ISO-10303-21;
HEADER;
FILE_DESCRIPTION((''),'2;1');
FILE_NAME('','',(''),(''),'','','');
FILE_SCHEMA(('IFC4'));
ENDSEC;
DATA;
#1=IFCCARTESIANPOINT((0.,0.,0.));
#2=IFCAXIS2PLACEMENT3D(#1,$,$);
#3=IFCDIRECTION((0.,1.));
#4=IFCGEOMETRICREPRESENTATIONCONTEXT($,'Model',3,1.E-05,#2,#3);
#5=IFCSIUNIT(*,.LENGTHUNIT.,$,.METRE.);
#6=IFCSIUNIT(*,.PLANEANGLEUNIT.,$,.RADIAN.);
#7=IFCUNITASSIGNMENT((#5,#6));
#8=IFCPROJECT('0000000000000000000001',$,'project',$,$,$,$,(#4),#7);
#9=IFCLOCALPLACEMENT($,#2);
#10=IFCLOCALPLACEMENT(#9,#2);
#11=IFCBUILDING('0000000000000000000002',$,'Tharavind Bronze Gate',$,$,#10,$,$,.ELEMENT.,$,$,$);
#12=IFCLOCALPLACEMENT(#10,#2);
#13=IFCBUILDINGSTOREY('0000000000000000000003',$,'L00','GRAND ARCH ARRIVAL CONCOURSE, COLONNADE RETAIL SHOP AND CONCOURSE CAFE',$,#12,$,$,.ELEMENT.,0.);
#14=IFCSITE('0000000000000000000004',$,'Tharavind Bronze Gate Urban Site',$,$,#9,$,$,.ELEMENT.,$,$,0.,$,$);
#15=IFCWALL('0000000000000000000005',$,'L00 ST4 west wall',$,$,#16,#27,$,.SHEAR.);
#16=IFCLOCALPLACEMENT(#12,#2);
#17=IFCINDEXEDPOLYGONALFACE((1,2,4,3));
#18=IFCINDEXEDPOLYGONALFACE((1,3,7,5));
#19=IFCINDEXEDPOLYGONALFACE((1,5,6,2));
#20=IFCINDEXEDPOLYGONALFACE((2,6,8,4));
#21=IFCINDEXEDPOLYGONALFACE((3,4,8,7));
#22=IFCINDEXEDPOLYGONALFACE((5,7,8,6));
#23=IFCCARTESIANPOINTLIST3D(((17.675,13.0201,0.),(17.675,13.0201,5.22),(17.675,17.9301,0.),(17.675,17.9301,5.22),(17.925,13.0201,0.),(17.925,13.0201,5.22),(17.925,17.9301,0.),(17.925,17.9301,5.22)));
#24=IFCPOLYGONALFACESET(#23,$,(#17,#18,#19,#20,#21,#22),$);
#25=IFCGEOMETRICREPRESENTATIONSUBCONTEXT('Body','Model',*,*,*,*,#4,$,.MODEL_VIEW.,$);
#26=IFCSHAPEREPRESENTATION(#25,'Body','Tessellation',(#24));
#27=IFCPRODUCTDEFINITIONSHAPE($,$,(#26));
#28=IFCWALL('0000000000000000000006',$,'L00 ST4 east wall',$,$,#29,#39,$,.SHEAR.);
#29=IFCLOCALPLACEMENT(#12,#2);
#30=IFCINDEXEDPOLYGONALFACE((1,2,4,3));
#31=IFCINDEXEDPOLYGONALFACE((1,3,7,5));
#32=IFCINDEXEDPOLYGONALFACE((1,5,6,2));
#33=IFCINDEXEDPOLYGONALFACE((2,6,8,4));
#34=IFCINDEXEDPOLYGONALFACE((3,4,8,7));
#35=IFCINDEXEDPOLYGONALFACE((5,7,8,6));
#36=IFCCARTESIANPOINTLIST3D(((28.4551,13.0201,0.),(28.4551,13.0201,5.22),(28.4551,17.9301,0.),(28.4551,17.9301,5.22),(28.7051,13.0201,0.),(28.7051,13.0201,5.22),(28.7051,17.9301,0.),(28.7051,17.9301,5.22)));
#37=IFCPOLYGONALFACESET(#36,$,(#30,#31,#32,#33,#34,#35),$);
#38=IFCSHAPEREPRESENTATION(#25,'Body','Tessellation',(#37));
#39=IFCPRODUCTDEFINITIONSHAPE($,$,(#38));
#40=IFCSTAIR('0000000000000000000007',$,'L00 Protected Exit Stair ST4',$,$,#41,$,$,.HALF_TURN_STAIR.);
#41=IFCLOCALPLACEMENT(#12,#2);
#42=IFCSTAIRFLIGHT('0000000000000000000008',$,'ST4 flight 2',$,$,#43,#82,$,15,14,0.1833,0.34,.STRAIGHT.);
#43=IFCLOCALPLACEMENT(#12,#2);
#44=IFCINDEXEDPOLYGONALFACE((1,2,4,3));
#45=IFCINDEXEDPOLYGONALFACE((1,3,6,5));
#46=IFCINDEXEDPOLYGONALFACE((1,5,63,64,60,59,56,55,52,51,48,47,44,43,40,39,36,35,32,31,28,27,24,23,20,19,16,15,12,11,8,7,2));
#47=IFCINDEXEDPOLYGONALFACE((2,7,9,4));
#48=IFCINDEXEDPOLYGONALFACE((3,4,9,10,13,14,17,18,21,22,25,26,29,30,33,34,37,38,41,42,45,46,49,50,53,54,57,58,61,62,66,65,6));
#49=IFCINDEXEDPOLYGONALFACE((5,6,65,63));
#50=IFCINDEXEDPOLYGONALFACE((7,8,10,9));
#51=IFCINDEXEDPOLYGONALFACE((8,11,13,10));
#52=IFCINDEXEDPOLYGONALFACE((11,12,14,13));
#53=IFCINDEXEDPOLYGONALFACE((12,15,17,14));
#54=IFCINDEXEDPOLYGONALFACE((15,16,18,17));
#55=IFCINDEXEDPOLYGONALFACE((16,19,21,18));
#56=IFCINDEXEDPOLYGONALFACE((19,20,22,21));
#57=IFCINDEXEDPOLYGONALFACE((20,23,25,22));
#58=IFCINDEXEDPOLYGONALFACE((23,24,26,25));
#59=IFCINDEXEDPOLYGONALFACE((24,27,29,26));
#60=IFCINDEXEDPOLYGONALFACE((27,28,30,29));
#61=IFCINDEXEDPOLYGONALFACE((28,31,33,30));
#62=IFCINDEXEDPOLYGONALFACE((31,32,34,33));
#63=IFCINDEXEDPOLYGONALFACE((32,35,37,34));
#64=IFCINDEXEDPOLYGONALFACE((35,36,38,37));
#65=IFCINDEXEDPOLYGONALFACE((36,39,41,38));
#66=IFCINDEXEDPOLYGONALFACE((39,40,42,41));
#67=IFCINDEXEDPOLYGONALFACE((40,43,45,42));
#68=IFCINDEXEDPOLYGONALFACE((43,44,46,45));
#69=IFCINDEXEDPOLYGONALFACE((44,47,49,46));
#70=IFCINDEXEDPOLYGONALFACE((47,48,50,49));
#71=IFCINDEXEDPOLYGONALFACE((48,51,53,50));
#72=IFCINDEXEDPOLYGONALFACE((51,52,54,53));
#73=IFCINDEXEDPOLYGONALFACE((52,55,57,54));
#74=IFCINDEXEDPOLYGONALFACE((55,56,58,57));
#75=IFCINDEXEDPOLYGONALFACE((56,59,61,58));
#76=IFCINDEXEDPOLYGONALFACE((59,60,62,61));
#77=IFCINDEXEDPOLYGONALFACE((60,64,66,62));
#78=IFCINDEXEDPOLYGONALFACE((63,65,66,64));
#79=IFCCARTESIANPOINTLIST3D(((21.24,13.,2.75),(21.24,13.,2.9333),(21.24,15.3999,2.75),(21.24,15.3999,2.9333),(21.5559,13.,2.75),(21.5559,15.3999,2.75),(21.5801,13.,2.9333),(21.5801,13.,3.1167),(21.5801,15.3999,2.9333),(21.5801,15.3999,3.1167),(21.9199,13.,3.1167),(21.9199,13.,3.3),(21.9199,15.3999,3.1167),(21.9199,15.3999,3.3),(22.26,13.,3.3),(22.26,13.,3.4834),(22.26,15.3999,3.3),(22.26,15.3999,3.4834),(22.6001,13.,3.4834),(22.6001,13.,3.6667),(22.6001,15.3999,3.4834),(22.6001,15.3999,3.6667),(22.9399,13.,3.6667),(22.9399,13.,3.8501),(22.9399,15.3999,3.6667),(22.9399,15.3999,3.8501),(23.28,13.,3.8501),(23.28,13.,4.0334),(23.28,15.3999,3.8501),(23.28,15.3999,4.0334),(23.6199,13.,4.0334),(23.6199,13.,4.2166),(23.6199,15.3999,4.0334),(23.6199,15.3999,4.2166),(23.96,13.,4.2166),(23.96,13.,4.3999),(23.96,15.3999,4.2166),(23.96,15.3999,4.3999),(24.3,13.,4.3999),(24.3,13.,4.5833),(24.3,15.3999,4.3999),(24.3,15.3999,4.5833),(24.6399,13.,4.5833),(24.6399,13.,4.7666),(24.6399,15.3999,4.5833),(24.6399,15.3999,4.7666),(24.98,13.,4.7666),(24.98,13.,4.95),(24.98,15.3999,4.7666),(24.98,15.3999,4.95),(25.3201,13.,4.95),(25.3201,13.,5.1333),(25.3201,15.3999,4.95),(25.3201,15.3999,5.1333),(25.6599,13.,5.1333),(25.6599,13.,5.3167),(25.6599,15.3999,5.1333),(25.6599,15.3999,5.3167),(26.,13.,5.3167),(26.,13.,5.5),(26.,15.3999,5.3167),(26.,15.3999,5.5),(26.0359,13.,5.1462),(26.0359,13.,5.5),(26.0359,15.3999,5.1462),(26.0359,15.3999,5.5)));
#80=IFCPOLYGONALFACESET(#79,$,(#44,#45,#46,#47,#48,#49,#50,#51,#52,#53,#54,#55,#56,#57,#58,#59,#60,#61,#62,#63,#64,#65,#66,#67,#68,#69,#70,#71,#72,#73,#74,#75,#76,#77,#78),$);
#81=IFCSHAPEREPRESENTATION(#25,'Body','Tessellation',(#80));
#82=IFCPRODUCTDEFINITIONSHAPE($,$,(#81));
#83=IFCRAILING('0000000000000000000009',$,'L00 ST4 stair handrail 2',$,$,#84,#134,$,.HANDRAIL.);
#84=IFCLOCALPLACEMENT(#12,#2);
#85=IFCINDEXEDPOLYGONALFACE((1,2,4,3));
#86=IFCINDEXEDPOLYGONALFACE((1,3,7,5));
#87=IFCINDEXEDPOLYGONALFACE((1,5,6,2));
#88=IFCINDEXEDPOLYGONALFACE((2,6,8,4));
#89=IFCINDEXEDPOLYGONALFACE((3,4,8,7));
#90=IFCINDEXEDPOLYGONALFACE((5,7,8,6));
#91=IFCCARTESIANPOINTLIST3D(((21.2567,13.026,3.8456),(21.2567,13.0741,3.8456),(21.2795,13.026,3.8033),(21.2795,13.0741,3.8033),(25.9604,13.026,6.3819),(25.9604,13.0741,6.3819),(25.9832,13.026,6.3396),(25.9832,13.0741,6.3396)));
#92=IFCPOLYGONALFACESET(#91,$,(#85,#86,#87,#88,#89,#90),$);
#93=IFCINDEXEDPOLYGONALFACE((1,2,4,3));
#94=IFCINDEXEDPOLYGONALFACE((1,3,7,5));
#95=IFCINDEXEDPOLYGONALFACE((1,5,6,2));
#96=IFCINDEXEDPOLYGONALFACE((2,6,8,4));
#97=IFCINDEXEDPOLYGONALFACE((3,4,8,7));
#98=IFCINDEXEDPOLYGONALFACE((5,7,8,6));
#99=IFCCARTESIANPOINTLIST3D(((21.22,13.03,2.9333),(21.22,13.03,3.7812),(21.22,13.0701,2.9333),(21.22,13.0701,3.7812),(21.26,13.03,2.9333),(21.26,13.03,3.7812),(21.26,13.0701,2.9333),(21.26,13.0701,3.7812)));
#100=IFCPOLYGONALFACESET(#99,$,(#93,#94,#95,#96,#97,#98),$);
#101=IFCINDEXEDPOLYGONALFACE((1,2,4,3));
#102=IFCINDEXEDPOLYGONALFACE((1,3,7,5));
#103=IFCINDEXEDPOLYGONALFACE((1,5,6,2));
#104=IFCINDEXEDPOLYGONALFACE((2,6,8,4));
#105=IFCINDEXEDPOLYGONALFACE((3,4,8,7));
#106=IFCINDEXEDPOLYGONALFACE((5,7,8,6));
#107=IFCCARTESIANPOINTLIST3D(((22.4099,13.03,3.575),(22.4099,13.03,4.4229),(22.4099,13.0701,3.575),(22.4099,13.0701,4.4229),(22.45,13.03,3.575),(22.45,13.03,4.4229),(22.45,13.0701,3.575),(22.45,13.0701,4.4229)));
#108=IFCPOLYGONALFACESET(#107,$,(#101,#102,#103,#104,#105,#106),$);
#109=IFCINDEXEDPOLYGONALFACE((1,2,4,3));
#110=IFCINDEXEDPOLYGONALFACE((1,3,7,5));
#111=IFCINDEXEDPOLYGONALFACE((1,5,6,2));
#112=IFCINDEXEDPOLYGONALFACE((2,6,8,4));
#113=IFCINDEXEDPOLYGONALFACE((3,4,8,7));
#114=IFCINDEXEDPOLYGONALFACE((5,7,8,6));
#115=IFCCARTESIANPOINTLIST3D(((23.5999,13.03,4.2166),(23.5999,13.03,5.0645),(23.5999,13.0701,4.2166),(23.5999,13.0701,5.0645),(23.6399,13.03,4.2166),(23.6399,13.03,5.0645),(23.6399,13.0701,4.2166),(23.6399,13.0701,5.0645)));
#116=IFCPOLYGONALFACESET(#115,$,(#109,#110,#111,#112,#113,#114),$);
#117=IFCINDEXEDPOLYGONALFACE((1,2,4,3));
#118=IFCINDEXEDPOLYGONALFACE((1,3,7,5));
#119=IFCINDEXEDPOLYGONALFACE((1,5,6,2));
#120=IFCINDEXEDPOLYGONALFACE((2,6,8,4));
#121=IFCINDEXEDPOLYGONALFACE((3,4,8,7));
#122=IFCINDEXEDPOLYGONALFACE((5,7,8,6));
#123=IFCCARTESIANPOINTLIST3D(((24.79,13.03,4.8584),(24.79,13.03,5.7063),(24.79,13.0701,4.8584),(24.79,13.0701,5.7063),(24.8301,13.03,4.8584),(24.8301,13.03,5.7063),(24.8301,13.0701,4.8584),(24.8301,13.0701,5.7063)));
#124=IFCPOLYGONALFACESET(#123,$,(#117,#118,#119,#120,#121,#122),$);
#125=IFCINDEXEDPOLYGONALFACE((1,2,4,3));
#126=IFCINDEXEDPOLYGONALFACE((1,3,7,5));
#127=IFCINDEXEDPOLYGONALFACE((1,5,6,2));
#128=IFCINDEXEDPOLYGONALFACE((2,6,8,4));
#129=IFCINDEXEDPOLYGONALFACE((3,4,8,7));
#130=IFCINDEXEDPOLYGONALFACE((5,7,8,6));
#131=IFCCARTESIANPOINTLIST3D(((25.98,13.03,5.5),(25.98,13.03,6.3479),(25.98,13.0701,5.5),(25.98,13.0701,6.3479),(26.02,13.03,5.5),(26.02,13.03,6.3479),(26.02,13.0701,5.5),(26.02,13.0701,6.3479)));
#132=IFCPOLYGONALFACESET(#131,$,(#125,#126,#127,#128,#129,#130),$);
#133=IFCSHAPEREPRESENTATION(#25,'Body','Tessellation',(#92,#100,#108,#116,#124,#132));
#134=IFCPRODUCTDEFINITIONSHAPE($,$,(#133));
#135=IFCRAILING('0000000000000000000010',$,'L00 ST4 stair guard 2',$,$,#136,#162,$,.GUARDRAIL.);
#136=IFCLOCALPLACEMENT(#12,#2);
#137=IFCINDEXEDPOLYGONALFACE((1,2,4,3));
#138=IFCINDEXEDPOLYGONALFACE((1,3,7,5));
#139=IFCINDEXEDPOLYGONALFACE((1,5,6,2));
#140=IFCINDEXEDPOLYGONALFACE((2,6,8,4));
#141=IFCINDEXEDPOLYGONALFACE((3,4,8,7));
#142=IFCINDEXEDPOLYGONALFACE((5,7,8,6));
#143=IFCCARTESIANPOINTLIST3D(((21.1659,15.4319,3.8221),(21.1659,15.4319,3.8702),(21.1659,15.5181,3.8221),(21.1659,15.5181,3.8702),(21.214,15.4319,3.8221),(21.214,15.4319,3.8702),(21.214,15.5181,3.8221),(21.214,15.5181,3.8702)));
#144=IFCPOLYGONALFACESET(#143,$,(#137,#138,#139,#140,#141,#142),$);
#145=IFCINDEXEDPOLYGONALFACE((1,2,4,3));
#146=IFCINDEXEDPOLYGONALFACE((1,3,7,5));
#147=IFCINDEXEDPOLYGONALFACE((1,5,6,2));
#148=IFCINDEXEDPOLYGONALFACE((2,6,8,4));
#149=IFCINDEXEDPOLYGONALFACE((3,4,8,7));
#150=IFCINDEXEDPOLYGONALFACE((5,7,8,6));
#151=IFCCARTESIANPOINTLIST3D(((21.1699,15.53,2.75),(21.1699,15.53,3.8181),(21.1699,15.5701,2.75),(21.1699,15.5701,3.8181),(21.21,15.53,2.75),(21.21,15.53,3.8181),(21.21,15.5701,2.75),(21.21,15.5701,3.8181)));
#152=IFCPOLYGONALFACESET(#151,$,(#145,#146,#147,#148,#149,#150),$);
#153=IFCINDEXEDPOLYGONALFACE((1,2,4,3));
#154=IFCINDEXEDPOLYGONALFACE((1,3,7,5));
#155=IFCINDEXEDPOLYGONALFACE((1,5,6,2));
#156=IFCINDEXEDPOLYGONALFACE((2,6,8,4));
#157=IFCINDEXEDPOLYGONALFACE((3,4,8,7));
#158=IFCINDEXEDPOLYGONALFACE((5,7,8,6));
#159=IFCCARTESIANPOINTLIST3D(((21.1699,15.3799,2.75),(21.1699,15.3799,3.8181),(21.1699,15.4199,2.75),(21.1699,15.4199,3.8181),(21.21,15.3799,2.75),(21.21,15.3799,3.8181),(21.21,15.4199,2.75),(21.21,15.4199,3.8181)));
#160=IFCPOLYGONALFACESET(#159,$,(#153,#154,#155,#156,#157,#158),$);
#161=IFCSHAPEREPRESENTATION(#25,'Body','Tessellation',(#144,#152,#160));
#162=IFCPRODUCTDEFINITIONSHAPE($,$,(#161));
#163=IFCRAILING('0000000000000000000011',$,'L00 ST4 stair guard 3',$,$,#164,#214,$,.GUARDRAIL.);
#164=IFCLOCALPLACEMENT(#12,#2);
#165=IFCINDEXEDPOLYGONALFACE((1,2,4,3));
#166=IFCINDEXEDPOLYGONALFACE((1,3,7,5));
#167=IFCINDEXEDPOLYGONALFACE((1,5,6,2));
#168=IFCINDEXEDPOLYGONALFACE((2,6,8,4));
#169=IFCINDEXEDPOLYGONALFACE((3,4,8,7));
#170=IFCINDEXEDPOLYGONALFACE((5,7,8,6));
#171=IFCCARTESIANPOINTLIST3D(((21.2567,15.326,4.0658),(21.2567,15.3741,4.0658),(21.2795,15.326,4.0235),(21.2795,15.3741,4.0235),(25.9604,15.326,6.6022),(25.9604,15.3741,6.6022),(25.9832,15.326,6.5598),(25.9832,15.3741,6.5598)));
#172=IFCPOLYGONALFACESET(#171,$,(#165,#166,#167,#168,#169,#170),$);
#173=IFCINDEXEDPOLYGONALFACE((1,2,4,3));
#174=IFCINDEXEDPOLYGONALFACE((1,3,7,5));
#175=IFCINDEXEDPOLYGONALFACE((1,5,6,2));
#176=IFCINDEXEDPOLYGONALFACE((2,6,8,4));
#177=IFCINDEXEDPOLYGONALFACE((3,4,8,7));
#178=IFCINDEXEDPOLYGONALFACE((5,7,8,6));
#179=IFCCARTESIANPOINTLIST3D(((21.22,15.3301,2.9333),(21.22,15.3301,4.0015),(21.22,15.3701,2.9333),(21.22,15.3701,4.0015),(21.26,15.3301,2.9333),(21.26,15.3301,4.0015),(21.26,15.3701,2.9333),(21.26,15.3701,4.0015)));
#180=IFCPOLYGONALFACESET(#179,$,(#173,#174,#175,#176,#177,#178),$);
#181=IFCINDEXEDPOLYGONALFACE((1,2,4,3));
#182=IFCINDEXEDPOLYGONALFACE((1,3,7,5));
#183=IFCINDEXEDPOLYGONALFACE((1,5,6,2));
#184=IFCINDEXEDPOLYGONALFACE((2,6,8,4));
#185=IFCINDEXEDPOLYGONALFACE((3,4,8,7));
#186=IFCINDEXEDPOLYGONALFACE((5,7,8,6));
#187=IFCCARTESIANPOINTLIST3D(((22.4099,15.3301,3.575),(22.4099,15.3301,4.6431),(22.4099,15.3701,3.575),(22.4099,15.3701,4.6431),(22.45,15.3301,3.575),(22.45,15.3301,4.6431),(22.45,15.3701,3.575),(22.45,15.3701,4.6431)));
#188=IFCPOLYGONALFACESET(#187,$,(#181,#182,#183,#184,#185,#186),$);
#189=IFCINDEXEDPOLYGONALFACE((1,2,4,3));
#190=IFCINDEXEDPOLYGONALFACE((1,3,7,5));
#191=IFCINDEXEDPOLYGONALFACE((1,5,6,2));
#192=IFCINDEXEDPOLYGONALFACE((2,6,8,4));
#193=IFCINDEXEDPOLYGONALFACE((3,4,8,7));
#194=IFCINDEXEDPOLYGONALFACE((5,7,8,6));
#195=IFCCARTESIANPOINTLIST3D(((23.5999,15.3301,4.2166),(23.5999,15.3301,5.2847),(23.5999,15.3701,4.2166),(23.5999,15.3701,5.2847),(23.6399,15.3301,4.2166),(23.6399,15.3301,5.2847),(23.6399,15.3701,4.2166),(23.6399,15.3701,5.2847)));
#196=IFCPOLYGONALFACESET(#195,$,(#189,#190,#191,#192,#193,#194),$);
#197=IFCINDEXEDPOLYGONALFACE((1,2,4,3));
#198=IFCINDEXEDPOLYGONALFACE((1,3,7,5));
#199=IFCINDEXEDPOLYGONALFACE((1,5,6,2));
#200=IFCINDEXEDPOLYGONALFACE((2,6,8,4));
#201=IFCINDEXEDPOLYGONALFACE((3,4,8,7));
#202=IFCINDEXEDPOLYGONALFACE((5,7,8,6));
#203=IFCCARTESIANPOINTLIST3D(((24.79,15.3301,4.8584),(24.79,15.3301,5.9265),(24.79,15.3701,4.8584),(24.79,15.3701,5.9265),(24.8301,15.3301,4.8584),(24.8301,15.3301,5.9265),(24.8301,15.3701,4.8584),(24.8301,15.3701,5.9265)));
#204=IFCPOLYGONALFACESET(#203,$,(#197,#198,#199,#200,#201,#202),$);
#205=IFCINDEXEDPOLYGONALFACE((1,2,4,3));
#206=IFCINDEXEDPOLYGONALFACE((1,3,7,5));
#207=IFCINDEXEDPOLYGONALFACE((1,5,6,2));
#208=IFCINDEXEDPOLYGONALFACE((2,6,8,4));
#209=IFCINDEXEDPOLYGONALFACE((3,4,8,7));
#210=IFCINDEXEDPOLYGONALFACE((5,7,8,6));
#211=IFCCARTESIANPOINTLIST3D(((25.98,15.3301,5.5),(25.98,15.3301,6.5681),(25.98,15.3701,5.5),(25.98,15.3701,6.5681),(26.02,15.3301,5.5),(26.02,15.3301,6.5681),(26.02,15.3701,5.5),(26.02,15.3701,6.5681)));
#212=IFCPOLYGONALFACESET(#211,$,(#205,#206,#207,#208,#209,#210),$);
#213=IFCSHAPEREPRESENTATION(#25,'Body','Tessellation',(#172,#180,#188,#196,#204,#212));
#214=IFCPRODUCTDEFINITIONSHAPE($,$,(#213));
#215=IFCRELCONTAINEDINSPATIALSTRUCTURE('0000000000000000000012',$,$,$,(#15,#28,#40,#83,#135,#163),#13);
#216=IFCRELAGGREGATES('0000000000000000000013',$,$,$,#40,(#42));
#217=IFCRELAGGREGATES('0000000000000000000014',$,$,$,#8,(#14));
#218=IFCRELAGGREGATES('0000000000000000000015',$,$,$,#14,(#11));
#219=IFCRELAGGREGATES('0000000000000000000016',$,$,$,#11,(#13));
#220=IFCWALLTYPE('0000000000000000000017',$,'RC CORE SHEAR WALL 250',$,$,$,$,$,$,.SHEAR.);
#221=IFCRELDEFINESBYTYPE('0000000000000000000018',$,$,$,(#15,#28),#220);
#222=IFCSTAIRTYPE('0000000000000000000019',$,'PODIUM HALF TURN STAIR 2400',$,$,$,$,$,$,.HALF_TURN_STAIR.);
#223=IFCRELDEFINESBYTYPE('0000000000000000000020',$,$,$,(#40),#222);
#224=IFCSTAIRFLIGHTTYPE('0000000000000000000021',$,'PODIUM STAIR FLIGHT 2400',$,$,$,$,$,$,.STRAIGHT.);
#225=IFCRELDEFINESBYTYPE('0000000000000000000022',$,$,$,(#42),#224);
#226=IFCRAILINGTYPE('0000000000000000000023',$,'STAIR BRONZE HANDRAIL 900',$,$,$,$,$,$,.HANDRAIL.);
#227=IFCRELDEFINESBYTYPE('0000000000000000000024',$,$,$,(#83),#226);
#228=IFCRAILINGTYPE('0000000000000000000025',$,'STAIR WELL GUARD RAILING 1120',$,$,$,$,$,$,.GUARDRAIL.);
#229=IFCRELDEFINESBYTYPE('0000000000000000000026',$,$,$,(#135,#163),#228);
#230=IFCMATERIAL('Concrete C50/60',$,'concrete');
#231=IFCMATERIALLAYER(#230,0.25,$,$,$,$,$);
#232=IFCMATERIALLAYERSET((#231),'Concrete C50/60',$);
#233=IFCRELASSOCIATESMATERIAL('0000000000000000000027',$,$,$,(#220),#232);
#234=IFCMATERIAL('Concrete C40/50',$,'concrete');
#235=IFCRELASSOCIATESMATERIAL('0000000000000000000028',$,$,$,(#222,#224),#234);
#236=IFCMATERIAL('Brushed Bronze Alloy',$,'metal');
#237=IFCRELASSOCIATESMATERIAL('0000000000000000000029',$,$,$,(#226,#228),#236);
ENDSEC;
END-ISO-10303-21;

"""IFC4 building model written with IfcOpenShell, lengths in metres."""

from ifc_helpers import new_model, si_unit, direction, frame, frame_2d, origin, origin_2d, place, context, subcontext, project, spatial, polyline, rectangle, outline, extrude, material, layer, layer_set, type_object, element, aggregate, save


model = new_model("IFC4")

# Units and contexts
model_context = context("Model", 3, precision=1e-05, world=origin(), true_north=direction((0.0, 1.0)))
body_context = subcontext(model_context, "Body", "Model", "MODEL_VIEW")
ifc_project = project(units=[si_unit("LENGTHUNIT", "METRE"), si_unit("PLANEANGLEUNIT", "RADIAN")], contexts=[model_context])

# Site, building, storey
site_placement = place(None, origin())
site = spatial("IfcSite", under=ifc_project, at=site_placement, Name="Tharavind Bronze Gate Urban Site", CompositionType="ELEMENT", RefElevation=0.0)
building_placement = place(site_placement, origin())
building = spatial("IfcBuilding", under=site, at=building_placement, Name="Tharavind Bronze Gate", CompositionType="ELEMENT")
storey_placement = place(building_placement, origin())
storey = spatial("IfcBuildingStorey", under=building, at=storey_placement, Name="L00", Description="GRAND ARCH ARRIVAL CONCOURSE, COLONNADE RETAIL SHOP AND CONCOURSE CAFE", CompositionType="ELEMENT", Elevation=0.0)

# Shared definitions
ifc_material_1 = material(Name="Concrete C50/60", Category="concrete")

# Shared definitions
ifc_layer_1 = layer(ifc_material_1, 0.25)
ifc_layer_set_1 = layer_set([ifc_layer_1], Name="Concrete C50/60")
wall_type_1 = type_object("IfcWallType", Name="RC CORE SHEAR WALL 250", PredefinedType="SHEAR", material=ifc_layer_set_1)

# Walls
for number, where, z_axis, x_axis, name in (
    (1, (17.8, 13.02, 0.0), (0.0, 0.0, 1.0), (0.0, 1.0, 0.0), "L00 ST4 west wall"),
    (2, (28.5801, 13.02, 0.0), (0.0, 0.0, 1.0), (0.0, 1.0, 0.0), "L00 ST4 east wall"),
):
    element("IfcWall", number, at=place(storey_placement, frame(where, z_axis=z_axis, x_axis=x_axis)), inside=storey, type_object=wall_type_1, Name=name, PredefinedType="SHEAR", context=body_context, shape_type="SweptSolid", body=[
        extrude(rectangle(XDim=4.9099, YDim=0.25, at=frame_2d((2.4551, 0.0))), origin(), (0.0, 0.0, 1.0), 5.22),
    ])

# Stair, stair flight
ifc_material_2 = material(Name="Concrete C40/50", Category="concrete")
stair_type = type_object("IfcStairType", Name="PODIUM HALF TURN STAIR 2400", PredefinedType="HALF_TURN_STAIR", material=ifc_material_2)
stair_placement = place(storey_placement, origin())
stair = element("IfcStair", 3, at=stair_placement, inside=storey, type_object=stair_type, Name="L00 Protected Exit Stair ST4", PredefinedType="HALF_TURN_STAIR")
stair_flight_type = type_object("IfcStairFlightType", Name="PODIUM STAIR FLIGHT 2400", PredefinedType="STRAIGHT", material=ifc_material_2)
stair_flight_placement = place(storey_placement, frame((21.24, 14.2, 2.75), z_axis=(0.0, 0.0, 1.0), x_axis=(1.0, 0.0, 0.0)))
stair_flight = element("IfcStairFlight", 4, at=stair_flight_placement, type_object=stair_flight_type, Name="ST4 flight 2", NumberOfRisers=15, NumberOfTreads=14, PredefinedType="STRAIGHT", RiserHeight=0.1833, TreadLength=0.34, context=body_context, shape_type="SweptSolid", body=[
    extrude(outline(polyline([(0.0, 0.0), (0.0, 0.1833), (0.3401, 0.1833), (0.3401, 0.3667), (0.6799, 0.3667), (0.6799, 0.55), (1.02, 0.55), (1.02, 0.7334), (1.3601, 0.7334), (1.3601, 0.9167), (1.7, 0.9167), (1.7, 1.1001), (2.04, 1.1001), (2.04, 1.2834), (2.3799, 1.2834), (2.3799, 1.4666), (2.72, 1.4666), (2.72, 1.6499), (3.0601, 1.6499), (3.0601, 1.8333), (3.3999, 1.8333), (3.3999, 2.0166), (3.74, 2.0166), (3.74, 2.2), (4.0801, 2.2), (4.0801, 2.3833), (4.4199, 2.3833), (4.4199, 2.5667), (4.76, 2.5667), (4.76, 2.75), (4.7959, 2.75), (4.7959, 2.3962), (0.3159, 0.0), (0.0, 0.0)])), frame((0.0, 1.2, 0.0), z_axis=(0.0, -1.0, 0.0), x_axis=(1.0, 0.0, 0.0)), (0.0, 0.0, 1.0), 2.3999),
])
aggregate(stair, [stair_flight])

# Railings
ifc_material_3 = material(Name="Brushed Bronze Alloy", Category="metal")
railing_type_1 = type_object("IfcRailingType", Name="STAIR BRONZE HANDRAIL 900", PredefinedType="HANDRAIL", material=ifc_material_3)
railing_1_placement = place(storey_placement, frame((21.24, 13.05, 2.9333)))
element("IfcRailing", 5, at=railing_1_placement, inside=storey, type_object=railing_type_1, Name="L00 ST4 stair handrail 2", PredefinedType="HANDRAIL", context=body_context, shape_type="SweptSolid", body=[
    extrude(rectangle(XDim=0.0481, YDim=0.0481, at=origin_2d()), frame((0.0281, 0.0, 0.8911), z_axis=(0.880196, 0.0, 0.474611), x_axis=(0.0, 1.0, 0.0)), (0.0, 0.0, 1.0), 5.344),
    extrude(rectangle(XDim=0.04, YDim=0.04, at=origin_2d()), origin(), (0.0, 0.0, 1.0), 0.8479),
    extrude(rectangle(XDim=0.04, YDim=0.04, at=origin_2d()), frame((1.1899, 0.0, 0.6416)), (0.0, 0.0, 1.0), 0.8479),
    extrude(rectangle(XDim=0.04, YDim=0.04, at=origin_2d()), frame((2.3799, 0.0, 1.2832)), (0.0, 0.0, 1.0), 0.8479),
    extrude(rectangle(XDim=0.04, YDim=0.04, at=origin_2d()), frame((3.5701, 0.0, 1.925)), (0.0, 0.0, 1.0), 0.8479),
    extrude(rectangle(XDim=0.04, YDim=0.04, at=origin_2d()), frame((4.76, 0.0, 2.5667)), (0.0, 0.0, 1.0), 0.8479),
])
railing_type_2 = type_object("IfcRailingType", Name="STAIR WELL GUARD RAILING 1120", PredefinedType="GUARDRAIL", material=ifc_material_3)
railing_2_placement = place(storey_placement, frame((21.1899, 15.55, 2.75)))
element("IfcRailing", 6, at=railing_2_placement, inside=storey, type_object=railing_type_2, Name="L00 ST4 stair guard 2", PredefinedType="GUARDRAIL", context=body_context, shape_type="SweptSolid", body=[
    extrude(rectangle(XDim=0.0481, YDim=0.0481, at=origin_2d()), frame((0.0, -0.032, 1.0962), z_axis=(0.0, -1.0, 0.0), x_axis=(1.0, 0.0, 0.0)), (0.0, 0.0, 1.0), 0.0862),
    extrude(rectangle(XDim=0.04, YDim=0.04, at=origin_2d()), origin(), (0.0, 0.0, 1.0), 1.0681),
    extrude(rectangle(XDim=0.04, YDim=0.04, at=origin_2d()), frame((0.0, -0.1501, 0.0)), (0.0, 0.0, 1.0), 1.0681),
])
railing_3_placement = place(storey_placement, frame((21.24, 15.3501, 2.9333)))
element("IfcRailing", 7, at=railing_3_placement, inside=storey, type_object=railing_type_2, Name="L00 ST4 stair guard 3", PredefinedType="GUARDRAIL", context=body_context, shape_type="SweptSolid", body=[
    extrude(rectangle(XDim=0.0481, YDim=0.0481, at=origin_2d()), frame((0.0281, 0.0, 1.1113), z_axis=(0.880196, 0.0, 0.474611), x_axis=(0.0, 1.0, 0.0)), (0.0, 0.0, 1.0), 5.344),
    extrude(rectangle(XDim=0.04, YDim=0.04, at=origin_2d()), origin(), (0.0, 0.0, 1.0), 1.0681),
    extrude(rectangle(XDim=0.04, YDim=0.04, at=origin_2d()), frame((1.1899, 0.0, 0.6416)), (0.0, 0.0, 1.0), 1.0681),
    extrude(rectangle(XDim=0.04, YDim=0.04, at=origin_2d()), frame((2.3799, 0.0, 1.2832)), (0.0, 0.0, 1.0), 1.0681),
    extrude(rectangle(XDim=0.04, YDim=0.04, at=origin_2d()), frame((3.5701, 0.0, 1.925)), (0.0, 0.0, 1.0), 1.0681),
    extrude(rectangle(XDim=0.04, YDim=0.04, at=origin_2d()), frame((4.76, 0.0, 2.5667)), (0.0, 0.0, 1.0), 1.0681),
])

save(model, "model.ifc")
